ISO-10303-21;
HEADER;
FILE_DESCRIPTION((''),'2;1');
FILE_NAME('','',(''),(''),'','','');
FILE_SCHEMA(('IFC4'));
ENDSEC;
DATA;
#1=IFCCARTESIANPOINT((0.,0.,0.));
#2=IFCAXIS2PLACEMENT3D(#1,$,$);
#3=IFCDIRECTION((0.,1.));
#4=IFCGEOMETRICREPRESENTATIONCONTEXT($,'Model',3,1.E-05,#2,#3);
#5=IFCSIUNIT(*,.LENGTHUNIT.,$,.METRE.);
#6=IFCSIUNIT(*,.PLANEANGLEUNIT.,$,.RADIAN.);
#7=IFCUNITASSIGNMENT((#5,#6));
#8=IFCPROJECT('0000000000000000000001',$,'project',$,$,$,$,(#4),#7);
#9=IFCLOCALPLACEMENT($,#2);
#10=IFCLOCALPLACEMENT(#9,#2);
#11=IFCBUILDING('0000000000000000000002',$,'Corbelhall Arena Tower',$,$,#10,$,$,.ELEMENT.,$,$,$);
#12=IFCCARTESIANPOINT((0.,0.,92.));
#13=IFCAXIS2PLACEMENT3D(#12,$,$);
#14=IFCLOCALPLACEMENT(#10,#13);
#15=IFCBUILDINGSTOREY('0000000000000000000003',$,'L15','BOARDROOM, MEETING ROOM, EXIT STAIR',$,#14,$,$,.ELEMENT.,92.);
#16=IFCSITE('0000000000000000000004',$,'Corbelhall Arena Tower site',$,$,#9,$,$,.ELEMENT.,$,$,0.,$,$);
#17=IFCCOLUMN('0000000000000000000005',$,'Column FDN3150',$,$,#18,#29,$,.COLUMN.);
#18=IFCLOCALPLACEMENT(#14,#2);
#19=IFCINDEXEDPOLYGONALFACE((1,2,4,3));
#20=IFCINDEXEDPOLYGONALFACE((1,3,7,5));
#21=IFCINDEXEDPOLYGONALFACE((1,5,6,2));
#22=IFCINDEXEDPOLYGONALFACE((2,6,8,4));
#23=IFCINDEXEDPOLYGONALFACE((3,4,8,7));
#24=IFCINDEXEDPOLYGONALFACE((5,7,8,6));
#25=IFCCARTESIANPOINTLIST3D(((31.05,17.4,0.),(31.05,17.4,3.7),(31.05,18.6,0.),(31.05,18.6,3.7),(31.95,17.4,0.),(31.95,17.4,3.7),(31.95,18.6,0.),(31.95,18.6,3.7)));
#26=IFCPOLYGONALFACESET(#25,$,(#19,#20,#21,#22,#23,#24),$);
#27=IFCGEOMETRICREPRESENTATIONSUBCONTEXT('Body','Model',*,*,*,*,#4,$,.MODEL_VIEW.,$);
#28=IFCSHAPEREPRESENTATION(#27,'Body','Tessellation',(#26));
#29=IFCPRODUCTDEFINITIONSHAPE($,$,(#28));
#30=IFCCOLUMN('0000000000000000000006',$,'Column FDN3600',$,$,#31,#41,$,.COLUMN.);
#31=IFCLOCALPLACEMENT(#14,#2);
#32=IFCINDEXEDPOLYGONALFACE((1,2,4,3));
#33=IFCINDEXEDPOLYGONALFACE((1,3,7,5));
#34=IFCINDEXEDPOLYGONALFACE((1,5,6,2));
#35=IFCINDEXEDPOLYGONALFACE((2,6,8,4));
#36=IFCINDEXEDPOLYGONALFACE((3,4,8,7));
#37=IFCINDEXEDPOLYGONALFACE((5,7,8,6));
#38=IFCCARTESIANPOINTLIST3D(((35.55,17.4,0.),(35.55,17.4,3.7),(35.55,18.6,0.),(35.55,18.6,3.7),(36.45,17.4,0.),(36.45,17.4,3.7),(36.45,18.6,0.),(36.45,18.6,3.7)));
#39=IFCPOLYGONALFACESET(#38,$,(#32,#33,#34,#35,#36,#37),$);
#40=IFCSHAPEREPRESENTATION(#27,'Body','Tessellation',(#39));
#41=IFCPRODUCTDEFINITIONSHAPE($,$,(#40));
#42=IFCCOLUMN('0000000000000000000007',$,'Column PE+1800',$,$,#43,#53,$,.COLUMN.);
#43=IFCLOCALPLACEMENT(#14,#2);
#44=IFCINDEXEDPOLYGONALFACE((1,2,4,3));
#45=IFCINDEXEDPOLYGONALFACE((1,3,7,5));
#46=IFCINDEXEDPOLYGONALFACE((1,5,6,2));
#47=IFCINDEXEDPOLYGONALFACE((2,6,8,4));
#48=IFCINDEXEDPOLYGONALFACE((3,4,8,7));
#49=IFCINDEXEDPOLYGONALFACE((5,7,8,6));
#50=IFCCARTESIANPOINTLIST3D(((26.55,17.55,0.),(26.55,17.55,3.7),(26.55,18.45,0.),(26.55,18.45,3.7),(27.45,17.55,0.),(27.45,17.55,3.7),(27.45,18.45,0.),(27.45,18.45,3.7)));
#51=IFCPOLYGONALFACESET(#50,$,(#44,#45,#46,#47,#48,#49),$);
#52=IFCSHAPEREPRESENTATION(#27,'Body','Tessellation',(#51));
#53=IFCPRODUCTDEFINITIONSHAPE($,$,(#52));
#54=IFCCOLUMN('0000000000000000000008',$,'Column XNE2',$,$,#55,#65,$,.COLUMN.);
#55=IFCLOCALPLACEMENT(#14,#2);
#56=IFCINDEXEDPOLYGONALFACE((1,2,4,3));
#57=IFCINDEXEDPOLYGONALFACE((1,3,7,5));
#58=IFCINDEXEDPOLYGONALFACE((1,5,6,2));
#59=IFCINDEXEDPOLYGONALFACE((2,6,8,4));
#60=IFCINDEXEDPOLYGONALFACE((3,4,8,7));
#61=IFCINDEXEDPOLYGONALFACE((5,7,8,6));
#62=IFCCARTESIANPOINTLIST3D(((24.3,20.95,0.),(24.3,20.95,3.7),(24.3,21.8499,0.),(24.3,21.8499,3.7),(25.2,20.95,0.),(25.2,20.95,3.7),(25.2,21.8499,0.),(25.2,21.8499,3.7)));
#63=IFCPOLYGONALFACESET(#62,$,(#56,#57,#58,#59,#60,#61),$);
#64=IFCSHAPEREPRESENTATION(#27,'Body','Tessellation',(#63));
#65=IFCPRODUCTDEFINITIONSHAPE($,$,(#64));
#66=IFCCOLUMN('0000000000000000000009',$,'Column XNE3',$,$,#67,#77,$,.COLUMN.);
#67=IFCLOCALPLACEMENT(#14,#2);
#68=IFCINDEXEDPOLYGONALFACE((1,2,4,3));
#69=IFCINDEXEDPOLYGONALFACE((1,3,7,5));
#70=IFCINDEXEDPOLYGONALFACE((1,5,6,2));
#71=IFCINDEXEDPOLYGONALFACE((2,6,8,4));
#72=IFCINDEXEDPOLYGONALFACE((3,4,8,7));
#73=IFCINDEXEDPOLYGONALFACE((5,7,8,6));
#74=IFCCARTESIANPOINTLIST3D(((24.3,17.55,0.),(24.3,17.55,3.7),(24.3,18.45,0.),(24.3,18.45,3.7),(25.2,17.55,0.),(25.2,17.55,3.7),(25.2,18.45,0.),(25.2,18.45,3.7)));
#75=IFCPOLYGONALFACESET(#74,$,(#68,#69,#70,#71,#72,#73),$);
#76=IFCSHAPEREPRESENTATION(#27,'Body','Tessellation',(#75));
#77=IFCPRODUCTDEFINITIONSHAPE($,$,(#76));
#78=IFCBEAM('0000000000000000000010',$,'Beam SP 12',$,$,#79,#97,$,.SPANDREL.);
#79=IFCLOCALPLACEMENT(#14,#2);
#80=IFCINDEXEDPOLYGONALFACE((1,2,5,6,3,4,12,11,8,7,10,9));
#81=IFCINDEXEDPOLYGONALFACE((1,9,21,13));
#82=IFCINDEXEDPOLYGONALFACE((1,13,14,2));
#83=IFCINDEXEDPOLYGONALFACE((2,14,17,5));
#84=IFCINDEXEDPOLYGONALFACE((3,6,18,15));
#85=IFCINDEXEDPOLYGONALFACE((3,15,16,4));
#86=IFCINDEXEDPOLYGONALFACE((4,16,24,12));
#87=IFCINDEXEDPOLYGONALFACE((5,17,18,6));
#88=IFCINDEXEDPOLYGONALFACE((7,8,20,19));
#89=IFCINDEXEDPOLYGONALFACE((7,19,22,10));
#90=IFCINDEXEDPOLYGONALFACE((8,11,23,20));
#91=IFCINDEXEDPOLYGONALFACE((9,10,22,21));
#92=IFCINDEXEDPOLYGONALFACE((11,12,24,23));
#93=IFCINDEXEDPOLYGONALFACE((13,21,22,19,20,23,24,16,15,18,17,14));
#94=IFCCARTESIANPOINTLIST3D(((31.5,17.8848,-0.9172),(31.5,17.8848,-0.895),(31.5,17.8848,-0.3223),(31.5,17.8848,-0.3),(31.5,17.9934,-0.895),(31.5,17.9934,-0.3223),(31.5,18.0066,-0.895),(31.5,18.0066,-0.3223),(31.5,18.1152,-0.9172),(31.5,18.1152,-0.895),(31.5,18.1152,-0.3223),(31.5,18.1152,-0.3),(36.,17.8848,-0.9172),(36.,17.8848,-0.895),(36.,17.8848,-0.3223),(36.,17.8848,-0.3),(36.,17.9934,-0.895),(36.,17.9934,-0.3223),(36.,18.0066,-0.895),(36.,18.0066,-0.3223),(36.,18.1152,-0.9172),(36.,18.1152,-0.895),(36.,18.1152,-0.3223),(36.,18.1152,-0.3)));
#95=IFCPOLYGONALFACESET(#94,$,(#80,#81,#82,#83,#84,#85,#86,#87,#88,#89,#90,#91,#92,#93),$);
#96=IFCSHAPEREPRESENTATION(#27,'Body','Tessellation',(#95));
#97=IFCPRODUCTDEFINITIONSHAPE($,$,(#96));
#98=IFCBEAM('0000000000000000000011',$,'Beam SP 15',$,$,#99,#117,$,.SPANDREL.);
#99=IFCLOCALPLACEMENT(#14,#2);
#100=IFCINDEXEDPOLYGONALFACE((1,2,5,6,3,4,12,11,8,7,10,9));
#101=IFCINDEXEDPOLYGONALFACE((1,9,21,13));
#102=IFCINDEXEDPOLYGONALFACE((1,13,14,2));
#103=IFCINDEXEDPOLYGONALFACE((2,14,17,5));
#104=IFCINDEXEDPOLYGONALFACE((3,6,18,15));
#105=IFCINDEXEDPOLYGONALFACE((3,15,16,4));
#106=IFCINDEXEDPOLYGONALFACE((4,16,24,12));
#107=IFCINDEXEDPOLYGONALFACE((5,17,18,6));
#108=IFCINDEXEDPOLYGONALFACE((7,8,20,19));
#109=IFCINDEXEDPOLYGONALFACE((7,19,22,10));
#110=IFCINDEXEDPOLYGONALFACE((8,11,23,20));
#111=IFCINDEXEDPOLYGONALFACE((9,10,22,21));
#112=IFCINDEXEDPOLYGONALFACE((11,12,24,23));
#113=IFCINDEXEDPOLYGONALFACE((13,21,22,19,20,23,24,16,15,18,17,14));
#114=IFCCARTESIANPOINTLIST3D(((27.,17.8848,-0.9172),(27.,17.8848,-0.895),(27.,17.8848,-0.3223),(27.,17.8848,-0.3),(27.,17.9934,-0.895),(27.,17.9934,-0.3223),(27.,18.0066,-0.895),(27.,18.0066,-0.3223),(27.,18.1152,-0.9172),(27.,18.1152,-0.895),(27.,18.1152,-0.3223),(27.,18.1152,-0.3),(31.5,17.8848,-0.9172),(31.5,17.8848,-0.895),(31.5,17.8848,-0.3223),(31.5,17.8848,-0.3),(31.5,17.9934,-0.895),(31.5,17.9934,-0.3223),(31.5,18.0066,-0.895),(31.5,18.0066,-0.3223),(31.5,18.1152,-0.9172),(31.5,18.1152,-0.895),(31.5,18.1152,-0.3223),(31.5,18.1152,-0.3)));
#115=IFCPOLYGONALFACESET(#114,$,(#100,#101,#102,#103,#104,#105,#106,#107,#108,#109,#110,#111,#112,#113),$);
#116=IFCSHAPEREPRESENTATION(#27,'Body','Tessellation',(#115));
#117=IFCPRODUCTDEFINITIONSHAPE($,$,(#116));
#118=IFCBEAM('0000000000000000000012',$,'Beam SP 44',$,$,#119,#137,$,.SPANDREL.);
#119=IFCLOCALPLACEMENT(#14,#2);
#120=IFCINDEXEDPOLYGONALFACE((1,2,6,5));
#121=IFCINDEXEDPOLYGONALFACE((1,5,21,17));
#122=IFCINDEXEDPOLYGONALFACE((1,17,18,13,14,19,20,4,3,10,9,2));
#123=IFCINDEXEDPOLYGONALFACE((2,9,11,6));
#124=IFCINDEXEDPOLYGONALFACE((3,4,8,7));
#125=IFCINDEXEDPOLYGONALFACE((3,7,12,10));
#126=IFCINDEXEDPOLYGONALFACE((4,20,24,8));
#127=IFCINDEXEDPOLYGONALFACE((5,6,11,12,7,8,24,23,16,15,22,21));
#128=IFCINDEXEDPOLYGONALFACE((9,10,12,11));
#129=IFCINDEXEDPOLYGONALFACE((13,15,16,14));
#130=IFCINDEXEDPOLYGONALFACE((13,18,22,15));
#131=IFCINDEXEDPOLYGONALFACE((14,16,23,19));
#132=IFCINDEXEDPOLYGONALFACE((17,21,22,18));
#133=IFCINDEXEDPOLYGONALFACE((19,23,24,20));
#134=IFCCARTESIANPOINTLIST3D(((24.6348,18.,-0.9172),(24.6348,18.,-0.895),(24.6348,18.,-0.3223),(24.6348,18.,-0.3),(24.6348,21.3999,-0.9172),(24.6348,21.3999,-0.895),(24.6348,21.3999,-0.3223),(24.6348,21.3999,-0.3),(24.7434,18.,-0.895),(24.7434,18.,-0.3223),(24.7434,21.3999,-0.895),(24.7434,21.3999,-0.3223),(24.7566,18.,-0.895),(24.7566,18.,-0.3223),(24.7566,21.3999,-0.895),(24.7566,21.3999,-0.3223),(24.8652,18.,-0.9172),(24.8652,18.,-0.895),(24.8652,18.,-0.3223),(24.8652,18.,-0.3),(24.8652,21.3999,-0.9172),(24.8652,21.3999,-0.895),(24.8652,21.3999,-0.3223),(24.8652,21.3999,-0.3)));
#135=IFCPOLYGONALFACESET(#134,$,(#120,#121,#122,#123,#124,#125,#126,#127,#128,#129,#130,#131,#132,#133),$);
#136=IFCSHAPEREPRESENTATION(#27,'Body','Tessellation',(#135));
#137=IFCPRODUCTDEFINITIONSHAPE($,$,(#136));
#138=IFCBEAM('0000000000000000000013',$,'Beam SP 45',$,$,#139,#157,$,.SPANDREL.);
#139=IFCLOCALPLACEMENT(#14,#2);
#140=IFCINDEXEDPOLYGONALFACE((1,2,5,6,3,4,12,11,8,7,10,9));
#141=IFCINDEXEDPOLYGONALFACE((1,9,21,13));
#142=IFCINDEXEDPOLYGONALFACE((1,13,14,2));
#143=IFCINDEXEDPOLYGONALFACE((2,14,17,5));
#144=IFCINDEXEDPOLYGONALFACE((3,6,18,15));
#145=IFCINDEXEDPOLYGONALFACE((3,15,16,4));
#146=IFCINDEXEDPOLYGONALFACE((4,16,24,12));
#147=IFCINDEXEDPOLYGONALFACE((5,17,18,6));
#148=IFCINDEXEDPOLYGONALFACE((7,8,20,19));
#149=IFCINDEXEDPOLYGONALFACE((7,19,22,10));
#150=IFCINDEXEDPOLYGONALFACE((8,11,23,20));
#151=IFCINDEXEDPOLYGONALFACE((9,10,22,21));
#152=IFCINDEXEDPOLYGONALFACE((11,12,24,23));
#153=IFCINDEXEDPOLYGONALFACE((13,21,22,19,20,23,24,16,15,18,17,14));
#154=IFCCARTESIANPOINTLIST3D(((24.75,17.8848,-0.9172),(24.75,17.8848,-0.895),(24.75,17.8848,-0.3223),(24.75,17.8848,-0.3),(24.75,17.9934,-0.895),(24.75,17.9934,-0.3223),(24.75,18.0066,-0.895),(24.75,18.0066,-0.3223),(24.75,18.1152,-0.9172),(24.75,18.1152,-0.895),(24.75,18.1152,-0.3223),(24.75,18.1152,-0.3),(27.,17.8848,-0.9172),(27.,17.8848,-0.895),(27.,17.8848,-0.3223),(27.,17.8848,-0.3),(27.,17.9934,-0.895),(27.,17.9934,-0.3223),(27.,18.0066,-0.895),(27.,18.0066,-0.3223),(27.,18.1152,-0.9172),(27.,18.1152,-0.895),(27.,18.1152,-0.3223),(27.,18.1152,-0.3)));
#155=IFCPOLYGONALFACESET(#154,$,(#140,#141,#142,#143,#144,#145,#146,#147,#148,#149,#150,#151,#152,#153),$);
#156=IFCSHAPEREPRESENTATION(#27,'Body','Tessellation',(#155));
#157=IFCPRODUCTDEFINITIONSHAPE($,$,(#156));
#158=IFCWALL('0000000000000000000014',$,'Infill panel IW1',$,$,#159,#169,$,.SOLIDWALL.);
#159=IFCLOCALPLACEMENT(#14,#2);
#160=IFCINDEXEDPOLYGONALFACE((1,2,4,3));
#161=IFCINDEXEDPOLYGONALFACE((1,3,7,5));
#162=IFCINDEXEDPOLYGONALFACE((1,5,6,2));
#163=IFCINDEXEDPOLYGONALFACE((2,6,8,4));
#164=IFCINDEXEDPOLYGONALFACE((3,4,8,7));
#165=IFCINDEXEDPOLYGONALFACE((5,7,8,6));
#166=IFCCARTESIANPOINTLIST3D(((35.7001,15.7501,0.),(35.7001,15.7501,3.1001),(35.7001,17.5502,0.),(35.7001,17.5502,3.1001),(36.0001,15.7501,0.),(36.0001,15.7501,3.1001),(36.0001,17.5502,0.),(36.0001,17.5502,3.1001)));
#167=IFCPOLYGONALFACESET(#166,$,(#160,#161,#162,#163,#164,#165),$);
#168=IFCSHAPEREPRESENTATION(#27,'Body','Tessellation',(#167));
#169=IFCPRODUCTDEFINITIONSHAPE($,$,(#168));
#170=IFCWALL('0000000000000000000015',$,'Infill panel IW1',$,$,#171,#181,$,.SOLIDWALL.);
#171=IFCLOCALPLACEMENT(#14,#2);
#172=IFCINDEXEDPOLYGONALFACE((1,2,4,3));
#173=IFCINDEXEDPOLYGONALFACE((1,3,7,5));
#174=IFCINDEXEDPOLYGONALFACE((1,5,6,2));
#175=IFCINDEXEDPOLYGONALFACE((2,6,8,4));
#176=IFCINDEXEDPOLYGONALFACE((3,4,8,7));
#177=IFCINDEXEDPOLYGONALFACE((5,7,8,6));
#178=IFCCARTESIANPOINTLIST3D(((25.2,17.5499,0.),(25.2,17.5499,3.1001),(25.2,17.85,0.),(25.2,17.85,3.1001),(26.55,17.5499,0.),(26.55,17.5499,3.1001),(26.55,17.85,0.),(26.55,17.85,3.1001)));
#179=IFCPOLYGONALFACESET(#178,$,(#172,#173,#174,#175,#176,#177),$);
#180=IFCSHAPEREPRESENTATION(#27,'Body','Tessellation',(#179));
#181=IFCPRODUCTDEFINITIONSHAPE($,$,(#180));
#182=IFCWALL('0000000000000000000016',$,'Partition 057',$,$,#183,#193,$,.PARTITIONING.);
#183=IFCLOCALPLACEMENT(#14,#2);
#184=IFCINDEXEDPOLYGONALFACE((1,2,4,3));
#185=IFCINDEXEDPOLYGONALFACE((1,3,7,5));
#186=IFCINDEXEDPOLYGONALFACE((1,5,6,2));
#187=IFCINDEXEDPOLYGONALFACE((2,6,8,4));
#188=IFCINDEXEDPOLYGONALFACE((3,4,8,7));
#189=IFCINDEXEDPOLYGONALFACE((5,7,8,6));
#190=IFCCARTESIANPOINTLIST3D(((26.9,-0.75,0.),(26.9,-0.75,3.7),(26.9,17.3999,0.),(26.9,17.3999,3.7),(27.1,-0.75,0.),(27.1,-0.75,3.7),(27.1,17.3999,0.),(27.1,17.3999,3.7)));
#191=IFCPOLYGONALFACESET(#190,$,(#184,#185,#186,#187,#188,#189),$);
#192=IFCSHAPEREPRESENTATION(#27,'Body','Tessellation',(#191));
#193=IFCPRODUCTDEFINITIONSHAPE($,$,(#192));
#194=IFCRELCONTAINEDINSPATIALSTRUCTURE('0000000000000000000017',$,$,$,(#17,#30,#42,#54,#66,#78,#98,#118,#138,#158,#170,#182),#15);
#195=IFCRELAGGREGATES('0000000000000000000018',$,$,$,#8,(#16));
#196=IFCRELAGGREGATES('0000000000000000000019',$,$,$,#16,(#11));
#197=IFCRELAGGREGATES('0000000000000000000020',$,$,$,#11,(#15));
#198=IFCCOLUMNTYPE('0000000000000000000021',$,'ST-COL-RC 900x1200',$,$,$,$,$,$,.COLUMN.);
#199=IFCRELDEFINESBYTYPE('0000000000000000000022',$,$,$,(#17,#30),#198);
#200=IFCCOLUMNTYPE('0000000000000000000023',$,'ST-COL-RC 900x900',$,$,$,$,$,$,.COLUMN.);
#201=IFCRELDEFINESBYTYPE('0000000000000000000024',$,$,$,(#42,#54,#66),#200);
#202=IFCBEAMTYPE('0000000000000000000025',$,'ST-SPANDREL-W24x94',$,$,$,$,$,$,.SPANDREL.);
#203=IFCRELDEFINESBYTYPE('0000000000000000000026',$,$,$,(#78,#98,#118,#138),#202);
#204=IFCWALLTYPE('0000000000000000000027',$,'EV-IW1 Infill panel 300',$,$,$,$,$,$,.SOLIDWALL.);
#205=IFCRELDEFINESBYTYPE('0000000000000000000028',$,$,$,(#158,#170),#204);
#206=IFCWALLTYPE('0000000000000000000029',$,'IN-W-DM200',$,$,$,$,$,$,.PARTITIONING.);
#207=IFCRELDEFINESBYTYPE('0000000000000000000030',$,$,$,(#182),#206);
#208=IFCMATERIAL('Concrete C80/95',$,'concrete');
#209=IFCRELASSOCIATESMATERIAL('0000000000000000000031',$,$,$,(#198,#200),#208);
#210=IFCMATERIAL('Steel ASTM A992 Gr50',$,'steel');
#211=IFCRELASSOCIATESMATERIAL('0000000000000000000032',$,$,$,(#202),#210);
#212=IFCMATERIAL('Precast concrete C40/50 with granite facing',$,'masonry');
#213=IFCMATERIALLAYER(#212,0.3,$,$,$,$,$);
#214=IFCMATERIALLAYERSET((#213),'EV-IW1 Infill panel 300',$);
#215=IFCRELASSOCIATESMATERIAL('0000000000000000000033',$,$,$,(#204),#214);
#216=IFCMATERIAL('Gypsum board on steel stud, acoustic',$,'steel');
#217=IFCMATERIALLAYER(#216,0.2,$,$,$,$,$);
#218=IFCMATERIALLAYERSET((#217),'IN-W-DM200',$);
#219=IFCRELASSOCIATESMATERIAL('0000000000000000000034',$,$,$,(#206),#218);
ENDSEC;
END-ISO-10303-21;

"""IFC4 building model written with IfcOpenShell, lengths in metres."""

from ifc_helpers import new_model, si_unit, direction, frame, frame_2d, origin, origin_2d, place, context, subcontext, project, spatial, rectangle, i_section, extrude, material, layer, layer_set, material_profile, profile_set, type_object, element, save


model = new_model("IFC4")

# Units and contexts
model_context = context("Model", 3, precision=1e-05, world=origin(), true_north=direction((0.0, 1.0)))
body_context = subcontext(model_context, "Body", "Model", "MODEL_VIEW")
ifc_project = project(units=[si_unit("LENGTHUNIT", "METRE"), si_unit("PLANEANGLEUNIT", "RADIAN")], contexts=[model_context])

# Site, building, storey
site_placement = place(None, origin())
site = spatial("IfcSite", under=ifc_project, at=site_placement, Name="Corbelhall Arena Tower site", CompositionType="ELEMENT", RefElevation=0.0)
building_placement = place(site_placement, origin())
building = spatial("IfcBuilding", under=site, at=building_placement, Name="Corbelhall Arena Tower", CompositionType="ELEMENT")
storey_placement = place(building_placement, frame((0.0, 0.0, 92.0)))
storey = spatial("IfcBuildingStorey", under=building, at=storey_placement, Name="L15", Description="BOARDROOM, MEETING ROOM, EXIT STAIR", CompositionType="ELEMENT", Elevation=92.0)

# Columns
ifc_material_1 = material(Name="Concrete C80/95", Category="concrete")
ifc_material_profile_1 = material_profile(ifc_material_1, rectangle(XDim=0.8999, YDim=1.2, at=origin_2d()))
ifc_profile_set_1 = profile_set([ifc_material_profile_1], Name="Concrete C80/95")
column_type_1 = type_object("IfcColumnType", Name="ST-COL-RC 900x1200", PredefinedType="COLUMN", material=ifc_profile_set_1)
for number, where, z_axis, x_axis, name in (
    (1, (31.5, 18.0, 0.0), (0.0, 0.0, 1.0), (1.0, 0.0, 0.0), "Column FDN3150"),
    (2, (36.0, 18.0, 0.0), (0.0, 0.0, 1.0), (1.0, 0.0, 0.0), "Column FDN3600"),
):
    element("IfcColumn", number, at=place(storey_placement, frame(where, z_axis=z_axis, x_axis=x_axis)), inside=storey, type_object=column_type_1, Name=name, PredefinedType="COLUMN", context=body_context, shape_type="SweptSolid", body=[
        extrude(rectangle(XDim=0.8999, YDim=1.2, at=origin_2d()), origin(), (0.0, 0.0, 1.0), 3.7),
    ])
ifc_material_profile_2 = material_profile(ifc_material_1, rectangle(XDim=0.8999, YDim=0.8999, at=origin_2d()))
ifc_profile_set_2 = profile_set([ifc_material_profile_2], Name="Concrete C80/95")
column_type_2 = type_object("IfcColumnType", Name="ST-COL-RC 900x900", PredefinedType="COLUMN", material=ifc_profile_set_2)
for number, where, z_axis, x_axis, name in (
    (3, (27.0, 18.0, 0.0), (0.0, 0.0, 1.0), (1.0, 0.0, 0.0), "Column PE+1800"),
    (4, (24.75, 21.3999, 0.0), (0.0, 0.0, 1.0), (1.0, 0.0, 0.0), "Column XNE2"),
    (5, (24.75, 18.0, 0.0), (0.0, 0.0, 1.0), (1.0, 0.0, 0.0), "Column XNE3"),
):
    element("IfcColumn", number, at=place(storey_placement, frame(where, z_axis=z_axis, x_axis=x_axis)), inside=storey, type_object=column_type_2, Name=name, PredefinedType="COLUMN", context=body_context, shape_type="SweptSolid", body=[
        extrude(rectangle(XDim=0.8999, YDim=0.8999, at=origin_2d()), origin(), (0.0, 0.0, 1.0), 3.7),
    ])

# Beams
ifc_material_2 = material(Name="Steel ASTM A992 Gr50", Category="steel")
ifc_material_profile_3 = material_profile(ifc_material_2, i_section(OverallWidth=0.2305, OverallDepth=0.6172, WebThickness=0.0132, FlangeThickness=0.0222, at=origin_2d()))
ifc_profile_set_3 = profile_set([ifc_material_profile_3], Name="Steel ASTM A992 Gr50")
beam_type = type_object("IfcBeamType", Name="ST-SPANDREL-W24x94", PredefinedType="SPANDREL", material=ifc_profile_set_3)
for number, where, z_axis, x_axis, name in (
    (6, (31.5, 18.0, -0.6086), (1.0, 0.0, 0.0), (0.0, 1.0, 0.0), "Beam SP 12"),
    (7, (27.0, 18.0, -0.6086), (1.0, 0.0, 0.0), (0.0, 1.0, 0.0), "Beam SP 15"),
):
    element("IfcBeam", number, at=place(storey_placement, frame(where, z_axis=z_axis, x_axis=x_axis)), inside=storey, type_object=beam_type, Name=name, PredefinedType="SPANDREL", context=body_context, shape_type="SweptSolid", body=[
        extrude(i_section(OverallWidth=0.2305, OverallDepth=0.6172, WebThickness=0.0132, FlangeThickness=0.0222, at=origin_2d()), origin(), (0.0, 0.0, 1.0), 4.5),
    ])
beam_1_placement = place(storey_placement, frame((24.75, 21.3999, -0.6086), z_axis=(0.0, -1.0, 0.0), x_axis=(1.0, 0.0, 0.0)))
element("IfcBeam", 8, at=beam_1_placement, inside=storey, type_object=beam_type, Name="Beam SP 44", PredefinedType="SPANDREL", context=body_context, shape_type="SweptSolid", body=[
    extrude(i_section(OverallWidth=0.2305, OverallDepth=0.6172, WebThickness=0.0132, FlangeThickness=0.0222, at=origin_2d()), origin(), (0.0, 0.0, 1.0), 3.3999),
])
beam_2_placement = place(storey_placement, frame((24.75, 18.0, -0.6086), z_axis=(1.0, 0.0, 0.0), x_axis=(0.0, 1.0, 0.0)))
element("IfcBeam", 9, at=beam_2_placement, inside=storey, type_object=beam_type, Name="Beam SP 45", PredefinedType="SPANDREL", context=body_context, shape_type="SweptSolid", body=[
    extrude(i_section(OverallWidth=0.2305, OverallDepth=0.6172, WebThickness=0.0132, FlangeThickness=0.0222, at=origin_2d()), origin(), (0.0, 0.0, 1.0), 2.25),
])

# Wall
ifc_material_3 = material(Name="Precast concrete C40/50 with granite facing", Category="masonry")
ifc_layer_1 = layer(ifc_material_3, 0.3)
ifc_layer_set_1 = layer_set([ifc_layer_1], Name="EV-IW1 Infill panel 300")
wall_type_1 = type_object("IfcWallType", Name="EV-IW1 Infill panel 300", PredefinedType="SOLIDWALL", material=ifc_layer_set_1)
wall_1_placement = place(storey_placement, frame((35.8501, 17.55, 0.0), z_axis=(0.0, 0.0, 1.0), x_axis=(0.0, -1.0, 0.0)))
element("IfcWall", 10, at=wall_1_placement, inside=storey, type_object=wall_type_1, Name="Infill panel IW1", PredefinedType="SOLIDWALL", context=body_context, shape_type="SweptSolid", body=[
    extrude(rectangle(XDim=1.8, YDim=0.3, at=frame_2d((0.8999, 0.0))), origin(), (0.0, 0.0, 1.0), 3.1001),
])

# Walls
wall_2_placement = place(storey_placement, frame((26.55, 17.7, 0.0), z_axis=(0.0, 0.0, 1.0), x_axis=(-1.0, 0.0, 0.0)))
element("IfcWall", 11, at=wall_2_placement, inside=storey, type_object=wall_type_1, Name="Infill panel IW1", PredefinedType="SOLIDWALL", context=body_context, shape_type="SweptSolid", body=[
    extrude(rectangle(XDim=1.3501, YDim=0.3, at=frame_2d((0.675, 0.0))), origin(), (0.0, 0.0, 1.0), 3.1001),
])
ifc_material_4 = material(Name="Gypsum board on steel stud, acoustic", Category="steel")
ifc_layer_2 = layer(ifc_material_4, 0.2)
ifc_layer_set_2 = layer_set([ifc_layer_2], Name="IN-W-DM200")
wall_type_2 = type_object("IfcWallType", Name="IN-W-DM200", PredefinedType="PARTITIONING", material=ifc_layer_set_2)
wall_3_placement = place(storey_placement, frame((27.0, 17.3999, 0.0), z_axis=(0.0, 0.0, 1.0), x_axis=(0.0, -1.0, 0.0)))
element("IfcWall", 12, at=wall_3_placement, inside=storey, type_object=wall_type_2, Name="Partition 057", PredefinedType="PARTITIONING", context=body_context, shape_type="SweptSolid", body=[
    extrude(rectangle(XDim=18.1499, YDim=0.2, at=frame_2d((9.075, 0.0))), origin(), (0.0, 0.0, 1.0), 3.7),
])

save(model, "model.ifc")
